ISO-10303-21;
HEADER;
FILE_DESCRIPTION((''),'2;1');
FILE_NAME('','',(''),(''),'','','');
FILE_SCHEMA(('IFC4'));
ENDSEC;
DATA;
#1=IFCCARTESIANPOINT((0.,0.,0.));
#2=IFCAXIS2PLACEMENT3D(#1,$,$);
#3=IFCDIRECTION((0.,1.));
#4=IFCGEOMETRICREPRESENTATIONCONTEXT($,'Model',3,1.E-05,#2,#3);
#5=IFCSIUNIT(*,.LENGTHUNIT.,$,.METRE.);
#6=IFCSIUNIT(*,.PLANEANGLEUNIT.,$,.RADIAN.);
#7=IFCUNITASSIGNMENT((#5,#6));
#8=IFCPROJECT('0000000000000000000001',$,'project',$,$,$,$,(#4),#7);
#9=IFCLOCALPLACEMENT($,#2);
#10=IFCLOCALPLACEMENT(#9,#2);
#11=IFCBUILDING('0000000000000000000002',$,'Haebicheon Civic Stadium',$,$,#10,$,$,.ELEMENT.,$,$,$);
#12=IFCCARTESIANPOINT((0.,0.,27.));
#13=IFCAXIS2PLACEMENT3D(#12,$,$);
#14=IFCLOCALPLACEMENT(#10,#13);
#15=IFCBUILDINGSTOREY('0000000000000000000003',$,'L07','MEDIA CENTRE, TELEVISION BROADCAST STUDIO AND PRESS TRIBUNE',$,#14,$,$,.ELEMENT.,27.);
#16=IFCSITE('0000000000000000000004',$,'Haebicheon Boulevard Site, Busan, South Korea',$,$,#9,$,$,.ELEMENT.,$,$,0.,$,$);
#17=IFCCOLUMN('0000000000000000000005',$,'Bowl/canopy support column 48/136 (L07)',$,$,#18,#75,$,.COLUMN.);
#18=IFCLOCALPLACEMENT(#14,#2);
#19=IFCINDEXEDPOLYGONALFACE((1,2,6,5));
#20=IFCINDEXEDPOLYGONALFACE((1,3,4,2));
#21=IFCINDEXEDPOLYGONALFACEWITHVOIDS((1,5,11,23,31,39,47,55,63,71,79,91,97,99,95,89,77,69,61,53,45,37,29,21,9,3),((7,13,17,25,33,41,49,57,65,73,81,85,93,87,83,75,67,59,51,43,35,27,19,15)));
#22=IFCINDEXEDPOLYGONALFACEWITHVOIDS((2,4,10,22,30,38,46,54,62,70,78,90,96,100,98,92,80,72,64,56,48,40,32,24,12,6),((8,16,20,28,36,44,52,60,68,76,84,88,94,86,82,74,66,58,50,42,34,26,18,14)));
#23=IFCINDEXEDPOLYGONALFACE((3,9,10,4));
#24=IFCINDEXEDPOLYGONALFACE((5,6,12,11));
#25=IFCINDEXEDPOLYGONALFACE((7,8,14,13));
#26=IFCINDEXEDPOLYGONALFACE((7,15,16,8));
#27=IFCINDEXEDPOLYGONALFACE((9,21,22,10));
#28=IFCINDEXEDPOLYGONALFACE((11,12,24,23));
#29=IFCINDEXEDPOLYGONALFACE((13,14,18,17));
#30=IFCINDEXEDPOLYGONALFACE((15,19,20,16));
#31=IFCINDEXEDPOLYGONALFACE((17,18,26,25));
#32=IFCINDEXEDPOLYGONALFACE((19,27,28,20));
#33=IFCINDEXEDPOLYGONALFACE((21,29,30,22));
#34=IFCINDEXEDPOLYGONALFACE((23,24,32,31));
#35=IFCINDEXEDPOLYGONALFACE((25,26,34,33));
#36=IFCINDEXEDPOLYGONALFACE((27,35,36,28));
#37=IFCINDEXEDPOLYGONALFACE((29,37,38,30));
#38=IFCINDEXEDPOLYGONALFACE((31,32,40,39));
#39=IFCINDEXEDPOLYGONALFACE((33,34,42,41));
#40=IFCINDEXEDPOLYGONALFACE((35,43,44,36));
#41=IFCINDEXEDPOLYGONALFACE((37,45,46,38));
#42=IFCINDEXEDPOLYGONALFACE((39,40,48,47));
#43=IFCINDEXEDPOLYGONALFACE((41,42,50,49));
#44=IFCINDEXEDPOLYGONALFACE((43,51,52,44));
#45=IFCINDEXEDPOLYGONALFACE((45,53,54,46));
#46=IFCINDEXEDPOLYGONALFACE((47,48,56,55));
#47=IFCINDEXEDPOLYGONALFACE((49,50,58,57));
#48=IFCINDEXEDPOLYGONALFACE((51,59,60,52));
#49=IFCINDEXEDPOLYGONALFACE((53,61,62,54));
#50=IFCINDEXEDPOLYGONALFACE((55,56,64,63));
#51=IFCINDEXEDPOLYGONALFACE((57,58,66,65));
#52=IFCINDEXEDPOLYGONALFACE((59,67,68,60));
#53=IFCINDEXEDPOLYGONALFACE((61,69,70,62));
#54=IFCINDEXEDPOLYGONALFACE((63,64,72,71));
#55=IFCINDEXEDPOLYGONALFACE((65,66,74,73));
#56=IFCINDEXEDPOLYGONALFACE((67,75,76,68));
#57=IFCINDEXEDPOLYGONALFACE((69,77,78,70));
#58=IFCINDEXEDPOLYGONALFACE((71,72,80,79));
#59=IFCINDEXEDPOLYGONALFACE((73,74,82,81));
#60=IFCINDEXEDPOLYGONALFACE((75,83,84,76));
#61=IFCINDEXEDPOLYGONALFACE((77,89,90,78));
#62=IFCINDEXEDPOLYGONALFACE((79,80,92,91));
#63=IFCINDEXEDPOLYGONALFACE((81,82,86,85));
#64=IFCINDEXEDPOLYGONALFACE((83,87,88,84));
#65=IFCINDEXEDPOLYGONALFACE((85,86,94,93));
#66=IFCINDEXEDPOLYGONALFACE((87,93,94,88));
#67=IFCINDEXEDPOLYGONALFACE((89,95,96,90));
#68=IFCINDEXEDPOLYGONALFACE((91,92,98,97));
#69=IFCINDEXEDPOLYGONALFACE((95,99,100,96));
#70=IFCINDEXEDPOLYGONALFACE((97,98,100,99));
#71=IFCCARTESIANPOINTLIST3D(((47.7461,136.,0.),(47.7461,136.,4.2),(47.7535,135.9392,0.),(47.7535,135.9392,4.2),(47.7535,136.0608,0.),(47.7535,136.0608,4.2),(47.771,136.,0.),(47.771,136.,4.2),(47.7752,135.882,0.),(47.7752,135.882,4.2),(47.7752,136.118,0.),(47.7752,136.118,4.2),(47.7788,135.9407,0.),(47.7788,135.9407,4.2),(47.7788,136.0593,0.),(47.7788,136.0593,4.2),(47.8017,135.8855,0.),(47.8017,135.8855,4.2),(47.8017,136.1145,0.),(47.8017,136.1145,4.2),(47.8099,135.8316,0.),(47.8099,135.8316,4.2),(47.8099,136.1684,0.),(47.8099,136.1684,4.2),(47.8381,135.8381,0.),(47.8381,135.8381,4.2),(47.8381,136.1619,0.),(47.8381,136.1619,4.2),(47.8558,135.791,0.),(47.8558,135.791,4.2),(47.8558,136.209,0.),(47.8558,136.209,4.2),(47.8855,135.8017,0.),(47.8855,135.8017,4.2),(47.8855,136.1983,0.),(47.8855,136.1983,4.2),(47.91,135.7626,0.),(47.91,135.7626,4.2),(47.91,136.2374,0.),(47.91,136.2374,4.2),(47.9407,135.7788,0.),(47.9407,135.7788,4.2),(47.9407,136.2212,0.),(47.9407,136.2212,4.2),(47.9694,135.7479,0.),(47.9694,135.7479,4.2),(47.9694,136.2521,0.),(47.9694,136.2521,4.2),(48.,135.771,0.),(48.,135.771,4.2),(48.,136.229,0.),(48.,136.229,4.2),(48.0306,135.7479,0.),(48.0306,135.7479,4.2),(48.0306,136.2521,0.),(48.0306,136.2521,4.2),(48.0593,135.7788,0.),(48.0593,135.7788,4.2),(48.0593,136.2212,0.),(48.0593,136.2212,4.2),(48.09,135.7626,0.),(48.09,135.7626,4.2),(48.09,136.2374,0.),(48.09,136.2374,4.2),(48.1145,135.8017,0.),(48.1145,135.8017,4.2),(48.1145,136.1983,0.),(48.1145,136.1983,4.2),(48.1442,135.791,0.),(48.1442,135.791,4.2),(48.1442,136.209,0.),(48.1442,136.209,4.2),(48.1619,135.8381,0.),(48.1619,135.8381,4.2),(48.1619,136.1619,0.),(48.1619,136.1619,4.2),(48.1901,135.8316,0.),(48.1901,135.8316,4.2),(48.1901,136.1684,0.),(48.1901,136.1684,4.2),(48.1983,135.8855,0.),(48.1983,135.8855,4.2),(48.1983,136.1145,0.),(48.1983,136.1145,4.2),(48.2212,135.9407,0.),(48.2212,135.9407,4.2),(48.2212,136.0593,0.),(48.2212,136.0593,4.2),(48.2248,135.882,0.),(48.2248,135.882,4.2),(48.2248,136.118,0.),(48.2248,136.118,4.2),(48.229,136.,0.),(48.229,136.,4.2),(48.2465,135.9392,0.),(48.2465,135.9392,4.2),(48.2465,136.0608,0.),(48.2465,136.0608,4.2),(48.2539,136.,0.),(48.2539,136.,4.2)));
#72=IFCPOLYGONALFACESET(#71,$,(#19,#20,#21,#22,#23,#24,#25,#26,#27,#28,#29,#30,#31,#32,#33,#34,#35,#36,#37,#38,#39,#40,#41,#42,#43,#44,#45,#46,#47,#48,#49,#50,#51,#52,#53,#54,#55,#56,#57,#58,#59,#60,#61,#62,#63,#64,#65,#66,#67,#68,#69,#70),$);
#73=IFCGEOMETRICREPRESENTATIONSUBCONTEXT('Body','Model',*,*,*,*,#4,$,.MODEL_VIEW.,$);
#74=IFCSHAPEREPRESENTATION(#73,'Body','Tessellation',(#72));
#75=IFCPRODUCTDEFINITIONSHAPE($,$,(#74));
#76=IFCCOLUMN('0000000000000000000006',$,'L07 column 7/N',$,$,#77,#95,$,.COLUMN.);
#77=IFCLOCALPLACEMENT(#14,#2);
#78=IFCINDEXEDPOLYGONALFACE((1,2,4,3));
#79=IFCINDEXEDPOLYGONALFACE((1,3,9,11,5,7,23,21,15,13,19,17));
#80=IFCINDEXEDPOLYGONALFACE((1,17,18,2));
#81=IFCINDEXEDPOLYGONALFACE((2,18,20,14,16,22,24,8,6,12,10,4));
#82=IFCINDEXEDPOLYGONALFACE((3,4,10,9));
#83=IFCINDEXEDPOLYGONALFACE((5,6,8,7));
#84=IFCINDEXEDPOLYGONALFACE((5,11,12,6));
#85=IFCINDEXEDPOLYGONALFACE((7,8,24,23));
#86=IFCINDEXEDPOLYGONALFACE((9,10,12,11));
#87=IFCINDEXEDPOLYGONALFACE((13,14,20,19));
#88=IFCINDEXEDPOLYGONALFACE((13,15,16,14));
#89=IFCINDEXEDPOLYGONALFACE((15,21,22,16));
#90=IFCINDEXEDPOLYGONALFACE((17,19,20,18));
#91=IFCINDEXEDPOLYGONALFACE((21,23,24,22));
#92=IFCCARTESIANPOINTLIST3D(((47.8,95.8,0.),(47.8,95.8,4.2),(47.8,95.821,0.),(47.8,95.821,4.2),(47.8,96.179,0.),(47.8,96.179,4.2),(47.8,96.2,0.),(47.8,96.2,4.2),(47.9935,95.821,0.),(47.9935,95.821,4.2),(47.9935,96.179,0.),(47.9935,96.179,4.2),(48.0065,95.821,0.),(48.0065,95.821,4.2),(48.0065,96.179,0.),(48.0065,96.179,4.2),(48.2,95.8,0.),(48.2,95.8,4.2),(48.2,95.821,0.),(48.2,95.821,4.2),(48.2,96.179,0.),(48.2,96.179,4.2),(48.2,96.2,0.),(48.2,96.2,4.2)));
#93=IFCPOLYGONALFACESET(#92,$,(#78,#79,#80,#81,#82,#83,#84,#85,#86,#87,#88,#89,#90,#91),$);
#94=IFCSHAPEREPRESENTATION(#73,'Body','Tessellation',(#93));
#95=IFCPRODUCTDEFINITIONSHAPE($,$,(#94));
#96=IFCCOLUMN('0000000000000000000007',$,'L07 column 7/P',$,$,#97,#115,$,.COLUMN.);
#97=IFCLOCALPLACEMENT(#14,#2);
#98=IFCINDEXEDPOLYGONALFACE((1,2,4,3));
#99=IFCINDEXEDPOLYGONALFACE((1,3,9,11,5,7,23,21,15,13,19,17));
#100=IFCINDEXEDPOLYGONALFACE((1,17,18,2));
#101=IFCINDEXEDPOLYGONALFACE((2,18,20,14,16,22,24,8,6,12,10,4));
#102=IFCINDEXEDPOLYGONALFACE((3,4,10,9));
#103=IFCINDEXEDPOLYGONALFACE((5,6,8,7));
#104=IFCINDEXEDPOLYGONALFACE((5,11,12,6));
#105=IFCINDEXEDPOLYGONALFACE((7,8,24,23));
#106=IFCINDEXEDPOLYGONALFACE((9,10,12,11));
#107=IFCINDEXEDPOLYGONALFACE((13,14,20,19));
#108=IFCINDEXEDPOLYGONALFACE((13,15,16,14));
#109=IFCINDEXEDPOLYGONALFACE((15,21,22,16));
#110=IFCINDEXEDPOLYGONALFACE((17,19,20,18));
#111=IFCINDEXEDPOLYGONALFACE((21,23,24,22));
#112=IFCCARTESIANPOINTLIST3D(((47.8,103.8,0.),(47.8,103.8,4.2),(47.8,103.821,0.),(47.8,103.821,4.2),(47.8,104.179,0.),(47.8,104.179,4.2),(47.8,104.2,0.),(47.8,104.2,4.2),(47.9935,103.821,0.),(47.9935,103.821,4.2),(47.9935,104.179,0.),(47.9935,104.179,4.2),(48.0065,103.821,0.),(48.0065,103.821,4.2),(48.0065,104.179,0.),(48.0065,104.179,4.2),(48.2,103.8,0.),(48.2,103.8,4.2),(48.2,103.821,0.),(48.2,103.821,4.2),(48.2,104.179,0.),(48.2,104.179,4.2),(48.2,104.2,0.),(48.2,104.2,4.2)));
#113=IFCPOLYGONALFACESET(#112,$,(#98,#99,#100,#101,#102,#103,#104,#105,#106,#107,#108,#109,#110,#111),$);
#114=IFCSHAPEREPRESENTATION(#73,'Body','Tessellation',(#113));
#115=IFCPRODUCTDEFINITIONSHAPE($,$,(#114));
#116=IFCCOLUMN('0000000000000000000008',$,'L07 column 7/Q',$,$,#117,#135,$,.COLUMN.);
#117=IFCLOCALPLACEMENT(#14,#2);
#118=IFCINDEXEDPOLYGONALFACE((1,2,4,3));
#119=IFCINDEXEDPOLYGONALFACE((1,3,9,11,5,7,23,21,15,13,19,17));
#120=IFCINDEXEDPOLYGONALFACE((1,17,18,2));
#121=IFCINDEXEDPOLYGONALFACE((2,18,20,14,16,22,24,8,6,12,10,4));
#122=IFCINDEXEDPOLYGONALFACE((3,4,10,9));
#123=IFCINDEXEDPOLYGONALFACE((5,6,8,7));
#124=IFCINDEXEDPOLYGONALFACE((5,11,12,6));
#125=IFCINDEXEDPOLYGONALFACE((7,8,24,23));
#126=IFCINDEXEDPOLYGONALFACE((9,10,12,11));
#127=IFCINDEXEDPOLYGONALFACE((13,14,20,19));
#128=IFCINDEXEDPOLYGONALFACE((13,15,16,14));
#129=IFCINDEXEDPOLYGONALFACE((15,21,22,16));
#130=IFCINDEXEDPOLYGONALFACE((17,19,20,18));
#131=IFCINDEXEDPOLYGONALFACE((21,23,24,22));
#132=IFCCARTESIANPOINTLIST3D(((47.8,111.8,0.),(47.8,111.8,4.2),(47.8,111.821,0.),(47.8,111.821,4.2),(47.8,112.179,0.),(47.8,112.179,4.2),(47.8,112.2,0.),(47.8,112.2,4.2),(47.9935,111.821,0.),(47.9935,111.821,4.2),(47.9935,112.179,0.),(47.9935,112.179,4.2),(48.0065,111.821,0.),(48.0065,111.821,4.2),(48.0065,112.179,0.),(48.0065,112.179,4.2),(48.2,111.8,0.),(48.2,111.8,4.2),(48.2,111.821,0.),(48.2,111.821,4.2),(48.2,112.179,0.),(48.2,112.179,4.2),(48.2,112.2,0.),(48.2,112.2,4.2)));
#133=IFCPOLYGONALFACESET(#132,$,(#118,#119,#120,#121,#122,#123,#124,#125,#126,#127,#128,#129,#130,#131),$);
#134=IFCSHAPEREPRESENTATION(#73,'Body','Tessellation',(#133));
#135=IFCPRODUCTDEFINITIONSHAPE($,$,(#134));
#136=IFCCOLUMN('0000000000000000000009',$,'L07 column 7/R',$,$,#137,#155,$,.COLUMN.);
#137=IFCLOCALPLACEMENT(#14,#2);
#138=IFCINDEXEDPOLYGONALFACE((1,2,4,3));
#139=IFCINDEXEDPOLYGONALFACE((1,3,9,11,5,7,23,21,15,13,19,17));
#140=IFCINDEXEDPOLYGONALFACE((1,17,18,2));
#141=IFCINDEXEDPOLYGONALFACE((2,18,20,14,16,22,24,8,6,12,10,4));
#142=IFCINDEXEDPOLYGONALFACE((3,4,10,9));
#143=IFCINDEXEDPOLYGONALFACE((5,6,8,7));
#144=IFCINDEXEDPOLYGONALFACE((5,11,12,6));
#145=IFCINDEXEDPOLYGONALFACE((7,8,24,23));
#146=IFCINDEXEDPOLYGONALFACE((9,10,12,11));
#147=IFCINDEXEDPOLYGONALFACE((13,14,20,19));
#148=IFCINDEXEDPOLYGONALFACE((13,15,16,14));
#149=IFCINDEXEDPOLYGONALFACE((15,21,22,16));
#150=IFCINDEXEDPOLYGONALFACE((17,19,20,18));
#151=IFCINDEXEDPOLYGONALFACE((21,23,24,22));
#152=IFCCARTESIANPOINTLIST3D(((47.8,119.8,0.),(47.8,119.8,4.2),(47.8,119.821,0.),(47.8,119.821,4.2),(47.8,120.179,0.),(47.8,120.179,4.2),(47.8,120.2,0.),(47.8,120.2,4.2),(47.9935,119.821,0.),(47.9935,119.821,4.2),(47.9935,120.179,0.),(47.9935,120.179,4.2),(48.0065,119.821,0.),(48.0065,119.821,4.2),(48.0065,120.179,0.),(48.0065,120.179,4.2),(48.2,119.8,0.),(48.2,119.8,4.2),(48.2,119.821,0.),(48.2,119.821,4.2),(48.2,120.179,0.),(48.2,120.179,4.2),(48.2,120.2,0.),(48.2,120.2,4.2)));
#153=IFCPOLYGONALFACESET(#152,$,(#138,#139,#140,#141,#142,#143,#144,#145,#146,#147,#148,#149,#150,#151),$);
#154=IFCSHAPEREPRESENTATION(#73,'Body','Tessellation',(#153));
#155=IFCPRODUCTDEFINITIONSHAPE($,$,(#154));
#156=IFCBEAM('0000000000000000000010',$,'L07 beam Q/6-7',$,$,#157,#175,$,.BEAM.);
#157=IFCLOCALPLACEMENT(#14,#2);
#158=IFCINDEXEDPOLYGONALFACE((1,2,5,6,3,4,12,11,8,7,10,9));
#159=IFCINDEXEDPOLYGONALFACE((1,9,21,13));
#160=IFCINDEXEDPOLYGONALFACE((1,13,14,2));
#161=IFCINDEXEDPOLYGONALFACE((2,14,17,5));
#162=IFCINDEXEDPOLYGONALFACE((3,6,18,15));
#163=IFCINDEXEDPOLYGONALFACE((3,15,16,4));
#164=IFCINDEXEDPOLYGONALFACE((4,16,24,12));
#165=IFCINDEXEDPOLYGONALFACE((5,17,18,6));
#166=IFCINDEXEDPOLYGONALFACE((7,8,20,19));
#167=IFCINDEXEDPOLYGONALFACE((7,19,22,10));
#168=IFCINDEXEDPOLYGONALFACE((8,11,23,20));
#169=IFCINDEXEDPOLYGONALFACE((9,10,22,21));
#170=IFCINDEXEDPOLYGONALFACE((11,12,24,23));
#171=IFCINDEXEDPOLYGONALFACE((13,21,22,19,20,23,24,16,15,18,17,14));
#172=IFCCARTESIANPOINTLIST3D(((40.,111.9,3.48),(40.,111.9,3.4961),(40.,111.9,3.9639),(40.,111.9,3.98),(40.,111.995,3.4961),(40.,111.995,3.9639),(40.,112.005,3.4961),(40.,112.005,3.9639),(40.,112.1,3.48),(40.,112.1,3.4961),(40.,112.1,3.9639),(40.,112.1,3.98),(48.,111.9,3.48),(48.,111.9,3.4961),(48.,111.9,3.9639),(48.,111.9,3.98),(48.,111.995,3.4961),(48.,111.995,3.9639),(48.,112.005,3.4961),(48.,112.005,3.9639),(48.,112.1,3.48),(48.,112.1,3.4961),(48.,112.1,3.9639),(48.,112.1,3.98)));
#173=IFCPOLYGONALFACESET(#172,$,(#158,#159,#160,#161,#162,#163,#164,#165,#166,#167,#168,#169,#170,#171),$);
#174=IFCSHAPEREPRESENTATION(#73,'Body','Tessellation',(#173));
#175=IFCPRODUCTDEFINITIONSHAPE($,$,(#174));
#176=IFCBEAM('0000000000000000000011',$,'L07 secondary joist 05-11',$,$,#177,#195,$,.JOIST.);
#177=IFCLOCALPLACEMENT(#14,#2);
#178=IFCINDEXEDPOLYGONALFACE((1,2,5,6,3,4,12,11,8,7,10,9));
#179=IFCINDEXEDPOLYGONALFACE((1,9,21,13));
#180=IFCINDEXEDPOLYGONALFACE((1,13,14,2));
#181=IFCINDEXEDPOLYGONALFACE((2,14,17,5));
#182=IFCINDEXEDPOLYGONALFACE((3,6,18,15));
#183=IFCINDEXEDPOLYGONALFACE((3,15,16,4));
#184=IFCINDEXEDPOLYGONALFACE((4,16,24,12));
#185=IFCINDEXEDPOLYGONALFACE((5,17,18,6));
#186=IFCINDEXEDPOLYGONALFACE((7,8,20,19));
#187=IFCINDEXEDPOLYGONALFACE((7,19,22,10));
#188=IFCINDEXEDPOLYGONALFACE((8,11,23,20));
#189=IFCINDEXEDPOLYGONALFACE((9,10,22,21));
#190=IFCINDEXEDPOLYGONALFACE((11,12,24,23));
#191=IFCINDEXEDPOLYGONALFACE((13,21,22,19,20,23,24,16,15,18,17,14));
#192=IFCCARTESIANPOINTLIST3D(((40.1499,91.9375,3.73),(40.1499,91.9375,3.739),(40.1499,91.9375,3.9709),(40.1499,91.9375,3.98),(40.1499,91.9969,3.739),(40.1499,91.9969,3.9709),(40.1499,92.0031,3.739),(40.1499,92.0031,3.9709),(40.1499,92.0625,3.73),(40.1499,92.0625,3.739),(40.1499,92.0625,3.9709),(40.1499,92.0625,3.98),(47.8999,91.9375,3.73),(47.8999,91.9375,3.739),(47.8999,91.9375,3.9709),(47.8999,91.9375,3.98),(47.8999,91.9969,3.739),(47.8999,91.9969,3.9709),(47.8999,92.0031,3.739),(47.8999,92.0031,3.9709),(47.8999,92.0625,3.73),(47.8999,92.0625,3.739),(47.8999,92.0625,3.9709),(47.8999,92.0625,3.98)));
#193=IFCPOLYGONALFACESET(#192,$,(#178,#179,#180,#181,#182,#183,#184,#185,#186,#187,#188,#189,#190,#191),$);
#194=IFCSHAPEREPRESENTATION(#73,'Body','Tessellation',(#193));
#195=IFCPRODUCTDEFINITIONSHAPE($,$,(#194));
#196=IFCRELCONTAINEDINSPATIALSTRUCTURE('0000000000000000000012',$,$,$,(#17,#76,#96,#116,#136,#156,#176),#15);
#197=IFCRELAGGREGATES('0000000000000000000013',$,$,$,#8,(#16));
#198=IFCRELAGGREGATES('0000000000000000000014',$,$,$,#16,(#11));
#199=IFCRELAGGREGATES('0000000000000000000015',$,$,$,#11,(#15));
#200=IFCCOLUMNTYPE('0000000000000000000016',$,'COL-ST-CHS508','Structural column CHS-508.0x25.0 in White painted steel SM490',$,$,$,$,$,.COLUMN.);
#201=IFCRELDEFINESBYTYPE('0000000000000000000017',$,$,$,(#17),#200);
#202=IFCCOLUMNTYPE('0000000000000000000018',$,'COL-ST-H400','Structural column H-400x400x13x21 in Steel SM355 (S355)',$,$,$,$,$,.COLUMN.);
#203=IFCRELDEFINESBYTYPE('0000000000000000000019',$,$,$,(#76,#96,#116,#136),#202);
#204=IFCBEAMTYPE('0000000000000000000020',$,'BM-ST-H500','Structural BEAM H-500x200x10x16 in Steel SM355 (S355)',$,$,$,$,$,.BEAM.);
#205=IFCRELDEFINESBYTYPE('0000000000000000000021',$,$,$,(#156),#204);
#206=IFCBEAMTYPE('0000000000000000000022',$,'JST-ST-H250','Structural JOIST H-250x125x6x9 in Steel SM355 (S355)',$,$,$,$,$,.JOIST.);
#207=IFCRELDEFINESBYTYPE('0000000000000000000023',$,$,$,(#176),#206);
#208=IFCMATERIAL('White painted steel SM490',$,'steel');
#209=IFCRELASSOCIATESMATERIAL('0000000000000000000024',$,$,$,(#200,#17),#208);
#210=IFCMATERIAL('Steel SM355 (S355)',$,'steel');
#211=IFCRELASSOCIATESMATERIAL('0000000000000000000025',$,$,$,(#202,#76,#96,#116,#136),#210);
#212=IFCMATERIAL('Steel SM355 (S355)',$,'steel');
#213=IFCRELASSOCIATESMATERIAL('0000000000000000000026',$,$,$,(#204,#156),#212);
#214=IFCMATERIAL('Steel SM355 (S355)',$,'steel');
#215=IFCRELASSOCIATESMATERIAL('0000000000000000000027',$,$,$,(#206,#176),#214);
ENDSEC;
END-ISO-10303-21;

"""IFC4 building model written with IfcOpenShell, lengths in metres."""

from ifc_helpers import new_model, si_unit, direction, frame, origin, origin_2d, place, context, subcontext, project, spatial, hollow_circle, i_section, extrude, material, material_profile, profile_set, type_object, element, save


model = new_model("IFC4")

# Units and contexts
model_context = context("Model", 3, precision=1e-05, world=origin(), true_north=direction((0.0, 1.0)))
body_context = subcontext(model_context, "Body", "Model", "MODEL_VIEW")
ifc_project = project(units=[si_unit("LENGTHUNIT", "METRE"), si_unit("PLANEANGLEUNIT", "RADIAN")], contexts=[model_context])

# Site, building, storey
site_placement = place(None, origin())
site = spatial("IfcSite", under=ifc_project, at=site_placement, Name="Haebicheon Boulevard Site, Busan, South Korea", CompositionType="ELEMENT", RefElevation=0.0)
building_placement = place(site_placement, origin())
building = spatial("IfcBuilding", under=site, at=building_placement, Name="Haebicheon Civic Stadium", CompositionType="ELEMENT")
storey_placement = place(building_placement, frame((0.0, 0.0, 27.0)))
storey = spatial("IfcBuildingStorey", under=building, at=storey_placement, Name="L07", Description="MEDIA CENTRE, TELEVISION BROADCAST STUDIO AND PRESS TRIBUNE", CompositionType="ELEMENT", Elevation=27.0)

# Columns
ifc_material_1 = material(Name="White painted steel SM490", Category="steel")
ifc_material_profile_1 = material_profile(ifc_material_1, hollow_circle(Radius=0.2539, WallThickness=0.0249, at=origin_2d()), Name="CHS-508.0x25.0")
ifc_profile_set_1 = profile_set([ifc_material_profile_1], Name="White painted steel SM490")
column_type_1 = type_object("IfcColumnType", Name="COL-ST-CHS508", Description="Structural column CHS-508.0x25.0 in White painted steel SM490", PredefinedType="COLUMN", material=ifc_profile_set_1)
column_placement = place(storey_placement, frame((48.0, 136.0, 0.0), z_axis=(0.0, 0.0, 1.0), x_axis=(1.0, 0.0, 0.0)))
element("IfcColumn", 1, at=column_placement, inside=storey, type_object=column_type_1, material=ifc_profile_set_1, Name="Bowl/canopy support column 48/136 (L07)", PredefinedType="COLUMN", context=body_context, shape_type="SweptSolid", body=[
    extrude(hollow_circle(Radius=0.2539, WallThickness=0.0249, at=origin_2d()), origin(), (0.0, 0.0, 1.0), 4.2),
])
ifc_material_2 = material(Name="Steel SM355 (S355)", Category="steel")
ifc_material_profile_2 = material_profile(ifc_material_2, i_section(OverallWidth=0.3999, OverallDepth=0.3999, WebThickness=0.0129, FlangeThickness=0.021, at=origin_2d()), Name="H-400x400x13x21")
ifc_profile_set_2 = profile_set([ifc_material_profile_2], Name="Steel SM355 (S355)")
column_type_2 = type_object("IfcColumnType", Name="COL-ST-H400", Description="Structural column H-400x400x13x21 in Steel SM355 (S355)", PredefinedType="COLUMN", material=ifc_profile_set_2)
for number, where, z_axis, x_axis, name in (
    (2, (48.0, 96.0, 0.0), (0.0, 0.0, 1.0), (1.0, 0.0, 0.0), "L07 column 7/N"),
    (3, (48.0, 104.0, 0.0), (0.0, 0.0, 1.0), (1.0, 0.0, 0.0), "L07 column 7/P"),
    (4, (48.0, 112.0, 0.0), (0.0, 0.0, 1.0), (1.0, 0.0, 0.0), "L07 column 7/Q"),
    (5, (48.0, 120.0, 0.0), (0.0, 0.0, 1.0), (1.0, 0.0, 0.0), "L07 column 7/R"),
):
    element("IfcColumn", number, at=place(storey_placement, frame(where, z_axis=z_axis, x_axis=x_axis)), inside=storey, type_object=column_type_2, material=ifc_profile_set_2, Name=name, PredefinedType="COLUMN", context=body_context, shape_type="SweptSolid", body=[
        extrude(i_section(OverallWidth=0.3999, OverallDepth=0.3999, WebThickness=0.0129, FlangeThickness=0.021, at=origin_2d()), origin(), (0.0, 0.0, 1.0), 4.2),
    ])

# Beams
ifc_material_3 = material(Name="Steel SM355 (S355)", Category="steel")
ifc_material_profile_3 = material_profile(ifc_material_3, i_section(OverallWidth=0.2, OverallDepth=0.5, WebThickness=0.01, FlangeThickness=0.0161, at=origin_2d()), Name="H-500x200x10x16")
ifc_profile_set_3 = profile_set([ifc_material_profile_3], Name="Steel SM355 (S355)")
beam_type_1 = type_object("IfcBeamType", Name="BM-ST-H500", Description="Structural BEAM H-500x200x10x16 in Steel SM355 (S355)", PredefinedType="BEAM", material=ifc_profile_set_3)
beam_placement = place(storey_placement, frame((40.0, 112.0, 3.73), z_axis=(1.0, 0.0, 0.0), x_axis=(0.0, 1.0, 0.0)))
element("IfcBeam", 6, at=beam_placement, inside=storey, type_object=beam_type_1, material=ifc_profile_set_3, Name="L07 beam Q/6-7", PredefinedType="BEAM", context=body_context, shape_type="SweptSolid", body=[
    extrude(i_section(OverallWidth=0.2, OverallDepth=0.5, WebThickness=0.01, FlangeThickness=0.0161, at=origin_2d()), origin(), (0.0, 0.0, 1.0), 8.0),
])
ifc_material_4 = material(Name="Steel SM355 (S355)", Category="steel")
ifc_material_profile_4 = material_profile(ifc_material_4, i_section(OverallWidth=0.125, OverallDepth=0.25, WebThickness=0.0061, FlangeThickness=0.009, at=origin_2d()), Name="H-250x125x6x9")
ifc_profile_set_4 = profile_set([ifc_material_profile_4], Name="Steel SM355 (S355)")
beam_type_2 = type_object("IfcBeamType", Name="JST-ST-H250", Description="Structural JOIST H-250x125x6x9 in Steel SM355 (S355)", PredefinedType="JOIST", material=ifc_profile_set_4)
for number, where, z_axis, x_axis, name in (
    (7, (40.1499, 92.0, 3.855), (1.0, 0.0, 0.0), (0.0, 1.0, 0.0), "L07 secondary joist 05-11"),
):
    element("IfcBeam", number, at=place(storey_placement, frame(where, z_axis=z_axis, x_axis=x_axis)), inside=storey, type_object=beam_type_2, material=ifc_profile_set_4, Name=name, PredefinedType="JOIST", context=body_context, shape_type="SweptSolid", body=[
        extrude(i_section(OverallWidth=0.125, OverallDepth=0.25, WebThickness=0.0061, FlangeThickness=0.009, at=origin_2d()), origin(), (0.0, 0.0, 1.0), 7.75),
    ])

save(model, "model.ifc")
